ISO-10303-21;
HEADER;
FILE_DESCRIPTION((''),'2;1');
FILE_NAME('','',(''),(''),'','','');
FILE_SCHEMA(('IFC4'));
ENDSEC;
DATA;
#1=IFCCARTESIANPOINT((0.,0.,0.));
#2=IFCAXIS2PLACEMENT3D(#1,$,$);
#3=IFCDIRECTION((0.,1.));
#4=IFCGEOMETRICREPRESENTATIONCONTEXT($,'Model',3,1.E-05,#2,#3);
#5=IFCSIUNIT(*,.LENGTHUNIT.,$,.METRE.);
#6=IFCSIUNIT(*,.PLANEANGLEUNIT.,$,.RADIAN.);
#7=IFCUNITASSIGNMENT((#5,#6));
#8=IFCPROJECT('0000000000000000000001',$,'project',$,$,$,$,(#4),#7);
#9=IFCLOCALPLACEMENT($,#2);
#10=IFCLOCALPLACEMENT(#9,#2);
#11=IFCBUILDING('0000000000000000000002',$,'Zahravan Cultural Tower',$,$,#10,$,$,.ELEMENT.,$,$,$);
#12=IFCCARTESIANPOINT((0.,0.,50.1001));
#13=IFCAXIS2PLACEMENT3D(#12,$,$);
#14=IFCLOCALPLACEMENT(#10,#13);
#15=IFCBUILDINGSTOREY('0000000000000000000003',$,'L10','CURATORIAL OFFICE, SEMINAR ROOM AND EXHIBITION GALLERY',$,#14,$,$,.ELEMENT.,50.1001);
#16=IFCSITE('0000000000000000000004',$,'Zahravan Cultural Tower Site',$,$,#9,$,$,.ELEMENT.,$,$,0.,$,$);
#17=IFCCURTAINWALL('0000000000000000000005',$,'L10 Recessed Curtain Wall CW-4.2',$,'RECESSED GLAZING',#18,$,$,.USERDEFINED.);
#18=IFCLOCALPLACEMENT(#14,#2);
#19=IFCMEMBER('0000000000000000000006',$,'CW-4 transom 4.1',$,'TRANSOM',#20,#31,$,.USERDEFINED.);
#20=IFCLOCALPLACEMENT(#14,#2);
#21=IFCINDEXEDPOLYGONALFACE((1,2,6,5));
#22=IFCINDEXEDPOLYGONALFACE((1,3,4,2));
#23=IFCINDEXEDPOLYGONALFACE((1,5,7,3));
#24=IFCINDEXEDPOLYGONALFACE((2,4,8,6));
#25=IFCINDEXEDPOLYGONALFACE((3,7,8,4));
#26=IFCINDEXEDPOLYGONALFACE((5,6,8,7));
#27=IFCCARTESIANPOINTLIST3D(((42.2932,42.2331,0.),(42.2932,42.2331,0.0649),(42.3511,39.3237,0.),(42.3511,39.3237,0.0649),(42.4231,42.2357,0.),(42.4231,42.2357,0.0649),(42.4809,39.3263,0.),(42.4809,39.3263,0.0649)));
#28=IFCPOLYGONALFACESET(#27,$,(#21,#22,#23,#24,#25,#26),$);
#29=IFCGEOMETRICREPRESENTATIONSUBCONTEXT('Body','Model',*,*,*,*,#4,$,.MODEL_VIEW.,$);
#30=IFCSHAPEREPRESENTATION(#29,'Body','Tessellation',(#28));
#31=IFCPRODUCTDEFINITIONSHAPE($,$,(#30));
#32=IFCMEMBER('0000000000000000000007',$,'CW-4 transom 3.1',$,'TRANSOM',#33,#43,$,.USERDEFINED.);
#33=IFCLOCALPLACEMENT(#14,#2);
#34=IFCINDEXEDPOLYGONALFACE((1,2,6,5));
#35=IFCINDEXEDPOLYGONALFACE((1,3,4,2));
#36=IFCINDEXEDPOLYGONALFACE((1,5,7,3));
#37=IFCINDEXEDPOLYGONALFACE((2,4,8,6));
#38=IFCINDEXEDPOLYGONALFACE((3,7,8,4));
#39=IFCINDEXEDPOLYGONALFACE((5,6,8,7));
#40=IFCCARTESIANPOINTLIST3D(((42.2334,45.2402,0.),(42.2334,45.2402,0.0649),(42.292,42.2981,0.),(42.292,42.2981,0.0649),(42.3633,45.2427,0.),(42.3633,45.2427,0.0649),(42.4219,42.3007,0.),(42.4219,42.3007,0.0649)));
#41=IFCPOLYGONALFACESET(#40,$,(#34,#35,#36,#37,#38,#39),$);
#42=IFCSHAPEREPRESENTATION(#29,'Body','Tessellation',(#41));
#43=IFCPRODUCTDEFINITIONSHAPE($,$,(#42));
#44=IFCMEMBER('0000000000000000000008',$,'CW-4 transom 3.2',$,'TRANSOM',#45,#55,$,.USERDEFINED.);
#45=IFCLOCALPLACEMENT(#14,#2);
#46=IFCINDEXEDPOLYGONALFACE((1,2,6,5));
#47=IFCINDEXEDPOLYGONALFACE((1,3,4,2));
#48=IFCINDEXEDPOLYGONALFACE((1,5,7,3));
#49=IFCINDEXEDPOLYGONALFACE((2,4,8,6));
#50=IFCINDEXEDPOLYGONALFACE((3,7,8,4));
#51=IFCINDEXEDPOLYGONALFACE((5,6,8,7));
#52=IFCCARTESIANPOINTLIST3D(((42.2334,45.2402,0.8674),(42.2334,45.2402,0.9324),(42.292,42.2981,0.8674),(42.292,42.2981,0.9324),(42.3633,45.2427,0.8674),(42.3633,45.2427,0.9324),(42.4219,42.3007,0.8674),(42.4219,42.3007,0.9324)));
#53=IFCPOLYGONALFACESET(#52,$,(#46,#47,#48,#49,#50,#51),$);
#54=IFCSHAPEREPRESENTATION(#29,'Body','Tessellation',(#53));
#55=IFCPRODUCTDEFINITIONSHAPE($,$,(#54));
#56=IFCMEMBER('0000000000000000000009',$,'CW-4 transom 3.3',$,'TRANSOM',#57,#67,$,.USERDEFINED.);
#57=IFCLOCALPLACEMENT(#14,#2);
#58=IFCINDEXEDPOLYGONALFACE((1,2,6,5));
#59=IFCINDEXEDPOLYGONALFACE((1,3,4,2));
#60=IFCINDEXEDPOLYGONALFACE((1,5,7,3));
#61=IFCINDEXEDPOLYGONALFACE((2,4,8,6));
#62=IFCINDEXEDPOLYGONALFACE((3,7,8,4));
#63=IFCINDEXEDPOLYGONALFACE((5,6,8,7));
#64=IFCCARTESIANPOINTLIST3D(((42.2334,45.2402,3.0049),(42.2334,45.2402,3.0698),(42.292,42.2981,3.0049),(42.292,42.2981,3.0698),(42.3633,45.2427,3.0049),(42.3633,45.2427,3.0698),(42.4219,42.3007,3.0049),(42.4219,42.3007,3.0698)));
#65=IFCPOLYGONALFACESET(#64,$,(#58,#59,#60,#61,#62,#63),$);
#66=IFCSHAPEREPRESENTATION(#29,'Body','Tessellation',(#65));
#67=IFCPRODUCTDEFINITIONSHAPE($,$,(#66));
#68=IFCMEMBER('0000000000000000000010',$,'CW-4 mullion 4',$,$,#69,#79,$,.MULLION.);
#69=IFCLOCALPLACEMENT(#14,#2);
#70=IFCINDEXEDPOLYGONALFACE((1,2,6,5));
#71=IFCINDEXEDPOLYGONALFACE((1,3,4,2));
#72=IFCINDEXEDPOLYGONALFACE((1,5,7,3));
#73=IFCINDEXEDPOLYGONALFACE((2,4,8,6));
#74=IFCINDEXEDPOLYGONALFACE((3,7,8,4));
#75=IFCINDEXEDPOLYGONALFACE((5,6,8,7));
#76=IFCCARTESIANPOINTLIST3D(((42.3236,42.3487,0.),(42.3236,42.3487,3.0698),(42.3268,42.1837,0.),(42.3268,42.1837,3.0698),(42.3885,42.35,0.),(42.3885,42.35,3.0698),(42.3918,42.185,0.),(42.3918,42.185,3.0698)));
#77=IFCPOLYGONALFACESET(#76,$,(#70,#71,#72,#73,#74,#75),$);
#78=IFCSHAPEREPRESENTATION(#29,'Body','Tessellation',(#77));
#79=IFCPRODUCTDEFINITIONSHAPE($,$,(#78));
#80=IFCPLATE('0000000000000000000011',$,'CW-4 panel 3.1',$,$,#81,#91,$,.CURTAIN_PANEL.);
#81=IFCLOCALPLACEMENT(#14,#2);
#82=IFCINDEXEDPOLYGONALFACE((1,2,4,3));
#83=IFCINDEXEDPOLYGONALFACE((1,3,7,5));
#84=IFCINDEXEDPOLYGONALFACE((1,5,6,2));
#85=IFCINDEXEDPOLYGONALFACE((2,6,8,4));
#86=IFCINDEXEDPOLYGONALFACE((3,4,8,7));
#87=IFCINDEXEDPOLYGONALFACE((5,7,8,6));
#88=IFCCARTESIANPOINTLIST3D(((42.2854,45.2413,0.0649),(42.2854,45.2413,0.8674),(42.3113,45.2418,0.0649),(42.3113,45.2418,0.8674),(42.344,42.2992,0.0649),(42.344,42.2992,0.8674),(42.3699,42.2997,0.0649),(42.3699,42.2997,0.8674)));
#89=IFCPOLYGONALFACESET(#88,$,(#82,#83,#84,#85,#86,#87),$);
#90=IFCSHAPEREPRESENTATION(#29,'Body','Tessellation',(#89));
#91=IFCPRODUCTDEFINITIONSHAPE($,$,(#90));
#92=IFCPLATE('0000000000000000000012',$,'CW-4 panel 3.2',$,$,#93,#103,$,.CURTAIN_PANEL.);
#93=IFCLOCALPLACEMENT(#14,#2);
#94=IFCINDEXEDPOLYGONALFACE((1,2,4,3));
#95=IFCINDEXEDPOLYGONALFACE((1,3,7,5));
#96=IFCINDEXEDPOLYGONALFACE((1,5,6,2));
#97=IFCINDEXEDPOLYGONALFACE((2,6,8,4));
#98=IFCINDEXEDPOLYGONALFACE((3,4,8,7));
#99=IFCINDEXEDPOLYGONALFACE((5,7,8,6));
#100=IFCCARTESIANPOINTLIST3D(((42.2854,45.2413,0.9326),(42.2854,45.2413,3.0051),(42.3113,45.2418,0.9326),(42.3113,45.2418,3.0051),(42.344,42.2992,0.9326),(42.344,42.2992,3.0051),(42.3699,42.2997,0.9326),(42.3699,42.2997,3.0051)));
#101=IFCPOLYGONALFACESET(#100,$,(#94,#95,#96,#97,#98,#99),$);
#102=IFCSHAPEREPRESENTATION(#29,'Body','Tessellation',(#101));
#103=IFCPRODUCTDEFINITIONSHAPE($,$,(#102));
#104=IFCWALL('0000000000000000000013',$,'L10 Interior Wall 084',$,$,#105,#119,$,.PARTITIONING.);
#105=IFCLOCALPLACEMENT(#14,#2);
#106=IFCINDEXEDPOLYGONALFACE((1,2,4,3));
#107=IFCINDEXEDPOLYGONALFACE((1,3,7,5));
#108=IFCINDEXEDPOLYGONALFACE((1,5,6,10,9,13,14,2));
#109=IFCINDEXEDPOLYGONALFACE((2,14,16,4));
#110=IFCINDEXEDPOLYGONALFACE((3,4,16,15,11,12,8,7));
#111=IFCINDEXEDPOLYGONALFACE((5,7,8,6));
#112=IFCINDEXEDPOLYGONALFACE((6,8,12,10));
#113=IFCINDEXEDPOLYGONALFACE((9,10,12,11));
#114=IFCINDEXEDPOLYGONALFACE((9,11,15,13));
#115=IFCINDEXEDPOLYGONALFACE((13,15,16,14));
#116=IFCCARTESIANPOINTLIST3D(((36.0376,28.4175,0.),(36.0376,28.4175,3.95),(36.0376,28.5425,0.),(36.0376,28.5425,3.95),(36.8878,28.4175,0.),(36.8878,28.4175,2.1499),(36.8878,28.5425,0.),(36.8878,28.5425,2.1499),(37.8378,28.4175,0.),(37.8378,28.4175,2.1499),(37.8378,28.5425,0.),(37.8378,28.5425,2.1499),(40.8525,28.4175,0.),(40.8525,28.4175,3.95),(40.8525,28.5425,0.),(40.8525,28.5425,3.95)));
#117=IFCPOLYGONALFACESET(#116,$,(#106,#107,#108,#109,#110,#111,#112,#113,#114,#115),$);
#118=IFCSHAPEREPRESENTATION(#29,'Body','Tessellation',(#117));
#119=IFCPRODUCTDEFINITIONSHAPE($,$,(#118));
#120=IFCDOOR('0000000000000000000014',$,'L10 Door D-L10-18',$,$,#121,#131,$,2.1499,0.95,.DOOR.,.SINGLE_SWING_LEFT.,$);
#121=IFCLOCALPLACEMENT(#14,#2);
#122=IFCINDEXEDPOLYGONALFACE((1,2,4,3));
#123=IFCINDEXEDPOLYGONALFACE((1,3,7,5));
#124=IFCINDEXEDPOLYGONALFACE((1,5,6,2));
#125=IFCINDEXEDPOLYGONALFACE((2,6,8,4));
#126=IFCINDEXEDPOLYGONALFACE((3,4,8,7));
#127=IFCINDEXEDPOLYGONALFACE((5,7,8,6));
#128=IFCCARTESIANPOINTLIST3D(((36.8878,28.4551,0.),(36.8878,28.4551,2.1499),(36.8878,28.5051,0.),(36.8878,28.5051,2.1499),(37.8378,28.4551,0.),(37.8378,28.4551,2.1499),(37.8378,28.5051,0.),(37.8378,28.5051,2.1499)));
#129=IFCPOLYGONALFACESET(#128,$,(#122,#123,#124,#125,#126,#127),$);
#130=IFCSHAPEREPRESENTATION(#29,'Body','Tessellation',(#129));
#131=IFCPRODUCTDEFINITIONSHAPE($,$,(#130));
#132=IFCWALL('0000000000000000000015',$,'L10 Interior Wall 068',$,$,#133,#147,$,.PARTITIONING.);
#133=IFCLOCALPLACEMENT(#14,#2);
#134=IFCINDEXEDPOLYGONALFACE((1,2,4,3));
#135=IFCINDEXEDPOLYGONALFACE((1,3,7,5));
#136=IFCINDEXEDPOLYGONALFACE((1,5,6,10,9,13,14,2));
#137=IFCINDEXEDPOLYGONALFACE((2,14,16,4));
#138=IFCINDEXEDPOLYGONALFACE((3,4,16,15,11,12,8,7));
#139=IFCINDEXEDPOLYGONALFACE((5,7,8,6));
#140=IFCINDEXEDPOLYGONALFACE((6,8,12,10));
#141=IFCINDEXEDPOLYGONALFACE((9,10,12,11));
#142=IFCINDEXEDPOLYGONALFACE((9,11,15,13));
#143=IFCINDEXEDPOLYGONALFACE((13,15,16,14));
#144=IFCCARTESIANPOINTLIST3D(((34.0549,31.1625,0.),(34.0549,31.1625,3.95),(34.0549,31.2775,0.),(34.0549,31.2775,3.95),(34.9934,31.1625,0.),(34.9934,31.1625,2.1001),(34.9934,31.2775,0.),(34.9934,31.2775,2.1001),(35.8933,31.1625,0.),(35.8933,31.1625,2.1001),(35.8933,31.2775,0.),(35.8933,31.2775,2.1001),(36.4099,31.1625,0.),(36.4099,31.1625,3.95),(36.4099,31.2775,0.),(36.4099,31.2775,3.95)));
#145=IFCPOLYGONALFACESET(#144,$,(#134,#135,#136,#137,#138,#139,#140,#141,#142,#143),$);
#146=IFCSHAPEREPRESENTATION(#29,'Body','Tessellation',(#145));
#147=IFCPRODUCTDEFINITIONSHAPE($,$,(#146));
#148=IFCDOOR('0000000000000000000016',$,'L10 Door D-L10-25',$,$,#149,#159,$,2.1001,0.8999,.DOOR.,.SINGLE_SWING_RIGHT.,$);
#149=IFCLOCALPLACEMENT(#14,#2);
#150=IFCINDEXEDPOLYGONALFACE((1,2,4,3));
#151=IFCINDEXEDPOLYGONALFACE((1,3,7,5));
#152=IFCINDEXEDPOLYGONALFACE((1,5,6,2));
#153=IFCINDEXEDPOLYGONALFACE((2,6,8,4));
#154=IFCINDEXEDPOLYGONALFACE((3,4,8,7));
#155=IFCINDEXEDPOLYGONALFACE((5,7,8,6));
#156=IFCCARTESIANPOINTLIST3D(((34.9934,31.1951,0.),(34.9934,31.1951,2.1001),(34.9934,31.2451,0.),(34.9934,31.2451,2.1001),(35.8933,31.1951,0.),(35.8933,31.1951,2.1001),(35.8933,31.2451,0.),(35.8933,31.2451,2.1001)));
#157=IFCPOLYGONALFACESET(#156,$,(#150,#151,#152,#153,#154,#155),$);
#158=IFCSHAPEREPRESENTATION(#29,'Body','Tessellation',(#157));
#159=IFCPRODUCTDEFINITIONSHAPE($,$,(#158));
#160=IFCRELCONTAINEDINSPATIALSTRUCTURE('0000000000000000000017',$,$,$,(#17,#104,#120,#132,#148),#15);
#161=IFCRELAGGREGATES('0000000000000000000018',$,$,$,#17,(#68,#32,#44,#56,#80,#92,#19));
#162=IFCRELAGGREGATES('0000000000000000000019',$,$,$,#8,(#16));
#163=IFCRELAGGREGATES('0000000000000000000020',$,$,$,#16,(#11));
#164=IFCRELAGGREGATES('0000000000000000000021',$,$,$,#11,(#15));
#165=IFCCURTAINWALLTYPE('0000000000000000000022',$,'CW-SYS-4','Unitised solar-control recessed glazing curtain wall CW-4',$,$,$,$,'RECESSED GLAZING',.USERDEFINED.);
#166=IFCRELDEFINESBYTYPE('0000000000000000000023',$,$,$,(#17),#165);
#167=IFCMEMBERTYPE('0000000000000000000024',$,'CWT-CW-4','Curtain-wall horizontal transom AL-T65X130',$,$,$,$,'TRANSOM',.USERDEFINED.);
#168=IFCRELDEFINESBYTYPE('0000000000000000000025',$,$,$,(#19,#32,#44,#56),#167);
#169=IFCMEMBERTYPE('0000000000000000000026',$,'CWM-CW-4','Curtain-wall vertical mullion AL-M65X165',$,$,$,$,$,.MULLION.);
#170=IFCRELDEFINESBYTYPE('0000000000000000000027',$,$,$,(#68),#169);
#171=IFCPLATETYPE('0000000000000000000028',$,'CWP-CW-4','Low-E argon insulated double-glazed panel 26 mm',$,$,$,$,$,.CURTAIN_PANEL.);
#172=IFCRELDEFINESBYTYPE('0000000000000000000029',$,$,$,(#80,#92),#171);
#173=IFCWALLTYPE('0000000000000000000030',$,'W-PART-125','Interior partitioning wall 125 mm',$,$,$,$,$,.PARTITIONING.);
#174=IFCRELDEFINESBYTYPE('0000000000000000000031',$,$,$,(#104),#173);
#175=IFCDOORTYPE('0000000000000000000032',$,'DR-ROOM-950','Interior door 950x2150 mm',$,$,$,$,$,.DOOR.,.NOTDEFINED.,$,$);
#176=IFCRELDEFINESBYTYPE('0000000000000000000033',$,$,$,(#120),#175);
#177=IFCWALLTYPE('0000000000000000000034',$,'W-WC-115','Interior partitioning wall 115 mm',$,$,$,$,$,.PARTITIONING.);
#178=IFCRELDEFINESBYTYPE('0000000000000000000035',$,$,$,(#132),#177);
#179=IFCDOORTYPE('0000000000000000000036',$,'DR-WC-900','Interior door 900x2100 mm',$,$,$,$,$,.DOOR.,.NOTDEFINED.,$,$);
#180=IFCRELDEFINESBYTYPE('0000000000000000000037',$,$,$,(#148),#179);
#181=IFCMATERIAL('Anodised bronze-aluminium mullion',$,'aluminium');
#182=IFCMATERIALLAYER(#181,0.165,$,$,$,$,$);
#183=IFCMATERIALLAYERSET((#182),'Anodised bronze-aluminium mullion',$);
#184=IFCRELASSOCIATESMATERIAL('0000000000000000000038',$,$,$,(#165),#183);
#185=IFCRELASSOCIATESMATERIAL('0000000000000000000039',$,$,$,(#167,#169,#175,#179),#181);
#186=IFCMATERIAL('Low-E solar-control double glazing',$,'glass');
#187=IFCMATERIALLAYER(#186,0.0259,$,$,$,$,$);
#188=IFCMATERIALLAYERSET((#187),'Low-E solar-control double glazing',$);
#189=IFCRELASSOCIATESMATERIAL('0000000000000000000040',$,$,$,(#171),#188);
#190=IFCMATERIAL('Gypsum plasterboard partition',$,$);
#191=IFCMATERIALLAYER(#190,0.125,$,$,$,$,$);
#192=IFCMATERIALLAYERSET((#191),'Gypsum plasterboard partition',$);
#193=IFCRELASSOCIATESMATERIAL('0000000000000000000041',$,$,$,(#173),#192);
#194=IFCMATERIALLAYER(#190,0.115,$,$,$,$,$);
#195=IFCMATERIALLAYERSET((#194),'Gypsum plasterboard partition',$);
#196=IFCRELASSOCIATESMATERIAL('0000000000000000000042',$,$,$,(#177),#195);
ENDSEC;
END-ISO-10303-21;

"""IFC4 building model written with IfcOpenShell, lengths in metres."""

from ifc_helpers import new_model, si_unit, direction, frame, frame_2d, origin, origin_2d, place, context, subcontext, project, spatial, rectangle, extrude, source, transform, mapped, material, layer, layer_set, material_profile, profile_set, type_object, element, fill, aggregate, save


model = new_model("IFC4")

# Units and contexts
model_context = context("Model", 3, precision=1e-05, world=origin(), true_north=direction((0.0, 1.0)))
body_context = subcontext(model_context, "Body", "Model", "MODEL_VIEW")
ifc_project = project(units=[si_unit("LENGTHUNIT", "METRE"), si_unit("PLANEANGLEUNIT", "RADIAN")], contexts=[model_context])

# Site, building, storey
site_placement = place(None, origin())
site = spatial("IfcSite", under=ifc_project, at=site_placement, Name="Zahravan Cultural Tower Site", CompositionType="ELEMENT", RefElevation=0.0)
building_placement = place(site_placement, origin())
building = spatial("IfcBuilding", under=site, at=building_placement, Name="Zahravan Cultural Tower", CompositionType="ELEMENT")
storey_placement = place(building_placement, frame((0.0, 0.0, 50.1001)))
storey = spatial("IfcBuildingStorey", under=building, at=storey_placement, Name="L10", Description="CURATORIAL OFFICE, SEMINAR ROOM AND EXHIBITION GALLERY", CompositionType="ELEMENT", Elevation=50.1001)

# Curtain wall, members, plates
ifc_material_1 = material(Name="Anodised bronze-aluminium mullion", Category="aluminium")
ifc_layer_1 = layer(ifc_material_1, 0.165)
ifc_layer_set_1 = layer_set([ifc_layer_1], Name="Anodised bronze-aluminium mullion")
curtain_wall_type = type_object("IfcCurtainWallType", Name="CW-SYS-4", Description="Unitised solar-control recessed glazing curtain wall CW-4", ElementType="RECESSED GLAZING", PredefinedType="USERDEFINED", material=ifc_layer_set_1)
curtain_wall_placement = place(storey_placement, origin())
curtain_wall = element("IfcCurtainWall", 1, at=curtain_wall_placement, inside=storey, type_object=curtain_wall_type, Name="L10 Recessed Curtain Wall CW-4.2", ObjectType="RECESSED GLAZING", PredefinedType="USERDEFINED")
ifc_material_profile_1 = material_profile(ifc_material_1, rectangle(XDim=0.1299, YDim=0.0649, at=origin_2d()), Name="AL-T65X130")
ifc_profile_set_1 = profile_set([ifc_material_profile_1], Name="Anodised bronze-aluminium mullion")
member_type_1 = type_object("IfcMemberType", Name="CWT-CW-4", Description="Curtain-wall horizontal transom AL-T65X130", ElementType="TRANSOM", PredefinedType="USERDEFINED", material=ifc_profile_set_1)
shared_shape_1 = source(origin(), body_context, "Body", "SweptSolid", [
    extrude(rectangle(XDim=0.1299, YDim=0.0649, at=origin_2d()), origin(), (0.0, 0.0, 1.0), 2.9099),
])
member_1_placement = place(storey_placement, frame((42.3582, 42.2344, 0.0325), z_axis=(0.019884, -0.999802, 0.0), x_axis=(0.999802, 0.019884, 0.0)))
member_1 = element("IfcMember", 2, at=member_1_placement, type_object=member_type_1, Name="CW-4 transom 4.1", ObjectType="TRANSOM", PredefinedType="USERDEFINED", context=body_context, shape_type="MappedRepresentation", body=[
    mapped(shared_shape_1, transform((0.0, 0.0, 0.0), x_axis=(1.0, 0.0, 0.0), y_axis=(0.0, 1.0, 0.0), z_axis=(0.0, 0.0, 1.0), scale=1.0)),
])
shared_shape_2 = source(origin(), body_context, "Body", "SweptSolid", [
    extrude(rectangle(XDim=0.1299, YDim=0.0649, at=origin_2d()), origin(), (0.0, 0.0, 1.0), 2.9426),
])
member_2_placement = place(storey_placement, frame((42.2983, 45.2415, 0.0325), z_axis=(0.019911, -0.999802, 0.0), x_axis=(0.999802, 0.019911, 0.0)))
member_2 = element("IfcMember", 3, at=member_2_placement, type_object=member_type_1, Name="CW-4 transom 3.1", ObjectType="TRANSOM", PredefinedType="USERDEFINED", context=body_context, shape_type="MappedRepresentation", body=[
    mapped(shared_shape_2, transform((0.0, 0.0, 0.0), x_axis=(1.0, 0.0, 0.0), y_axis=(0.0, 1.0, 0.0), z_axis=(0.0, 0.0, 1.0), scale=1.0)),
])
member_3_placement = place(storey_placement, frame((42.2983, 45.2415, 0.8999), z_axis=(0.019911, -0.999802, 0.0), x_axis=(0.999802, 0.019911, 0.0)))
member_3 = element("IfcMember", 4, at=member_3_placement, type_object=member_type_1, Name="CW-4 transom 3.2", ObjectType="TRANSOM", PredefinedType="USERDEFINED", context=body_context, shape_type="MappedRepresentation", body=[
    mapped(shared_shape_2, transform((0.0, 0.0, 0.0), x_axis=(1.0, 0.0, 0.0), y_axis=(0.0, 1.0, 0.0), z_axis=(0.0, 0.0, 1.0), scale=1.0)),
])
member_4_placement = place(storey_placement, frame((42.2983, 45.2415, 3.0374), z_axis=(0.019911, -0.999802, 0.0), x_axis=(0.999802, 0.019911, 0.0)))
member_4 = element("IfcMember", 5, at=member_4_placement, type_object=member_type_1, Name="CW-4 transom 3.3", ObjectType="TRANSOM", PredefinedType="USERDEFINED", context=body_context, shape_type="MappedRepresentation", body=[
    mapped(shared_shape_2, transform((0.0, 0.0, 0.0), x_axis=(1.0, 0.0, 0.0), y_axis=(0.0, 1.0, 0.0), z_axis=(0.0, 0.0, 1.0), scale=1.0)),
])
ifc_material_profile_2 = material_profile(ifc_material_1, rectangle(XDim=0.0649, YDim=0.165, at=origin_2d()), Name="AL-M65X165")
ifc_profile_set_2 = profile_set([ifc_material_profile_2], Name="Anodised bronze-aluminium mullion")
member_type_2 = type_object("IfcMemberType", Name="CWM-CW-4", Description="Curtain-wall vertical mullion AL-M65X165", PredefinedType="MULLION", material=ifc_profile_set_2)
shared_shape_3 = source(origin(), body_context, "Body", "SweptSolid", [
    extrude(rectangle(XDim=0.0649, YDim=0.165, at=origin_2d()), origin(), (0.0, 0.0, 1.0), 3.0698),
])
member_5_placement = place(storey_placement, frame((42.3577, 42.2668, 0.0), z_axis=(0.0, 0.0, 1.0), x_axis=(0.999802, 0.0199, 0.0)))
member_5 = element("IfcMember", 6, at=member_5_placement, type_object=member_type_2, Name="CW-4 mullion 4", PredefinedType="MULLION", context=body_context, shape_type="MappedRepresentation", body=[
    mapped(shared_shape_3, transform((0.0, 0.0, 0.0), x_axis=(1.0, 0.0, 0.0), y_axis=(0.0, 1.0, 0.0), z_axis=(0.0, 0.0, 1.0), scale=1.0)),
])
ifc_material_2 = material(Name="Low-E solar-control double glazing", Category="glass")
ifc_layer_2 = layer(ifc_material_2, 0.0259)
ifc_layer_set_2 = layer_set([ifc_layer_2], Name="Low-E solar-control double glazing")
plate_type = type_object("IfcPlateType", Name="CWP-CW-4", Description="Low-E argon insulated double-glazed panel 26 mm", PredefinedType="CURTAIN_PANEL", material=ifc_layer_set_2)
shared_shape_4 = source(origin(), body_context, "Body", "SweptSolid", [
    extrude(rectangle(XDim=2.9426, YDim=0.0259, at=origin_2d()), origin(), (0.0, 0.0, 1.0), 0.8025),
])
plate_1_placement = place(storey_placement, frame((42.3276, 43.7705, 0.0649), z_axis=(0.0, 0.0, 1.0), x_axis=(0.0199, -0.999802, 0.0)))
plate_1 = element("IfcPlate", 7, at=plate_1_placement, type_object=plate_type, Name="CW-4 panel 3.1", PredefinedType="CURTAIN_PANEL", context=body_context, shape_type="MappedRepresentation", body=[
    mapped(shared_shape_4, transform((0.0, 0.0, 0.0), x_axis=(1.0, 0.0, 0.0), y_axis=(0.0, 1.0, 0.0), z_axis=(0.0, 0.0, 1.0), scale=1.0)),
])
shared_shape_5 = source(origin(), body_context, "Body", "SweptSolid", [
    extrude(rectangle(XDim=2.9426, YDim=0.0259, at=origin_2d()), origin(), (0.0, 0.0, 1.0), 2.0725),
])
plate_2_placement = place(storey_placement, frame((42.3276, 43.7705, 0.9326), z_axis=(0.0, 0.0, 1.0), x_axis=(0.0199, -0.999802, 0.0)))
plate_2 = element("IfcPlate", 8, at=plate_2_placement, type_object=plate_type, Name="CW-4 panel 3.2", PredefinedType="CURTAIN_PANEL", context=body_context, shape_type="MappedRepresentation", body=[
    mapped(shared_shape_5, transform((0.0, 0.0, 0.0), x_axis=(1.0, 0.0, 0.0), y_axis=(0.0, 1.0, 0.0), z_axis=(0.0, 0.0, 1.0), scale=1.0)),
])
aggregate(curtain_wall, [member_5, member_2, member_3, member_4, plate_1, plate_2, member_1])

# Walls, openings, doors
ifc_material_3 = material(Name="Gypsum plasterboard partition")
ifc_layer_3 = layer(ifc_material_3, 0.125)
ifc_layer_set_3 = layer_set([ifc_layer_3], Name="Gypsum plasterboard partition")
wall_type_1 = type_object("IfcWallType", Name="W-PART-125", Description="Interior partitioning wall 125 mm", PredefinedType="PARTITIONING", material=ifc_layer_set_3)
wall_1_placement = place(storey_placement, frame((40.8525, 28.48, 0.0), z_axis=(0.0, 0.0, 1.0), x_axis=(-1.0, 0.0, 0.0)))
wall_1 = element("IfcWall", 9, at=wall_1_placement, inside=storey, type_object=wall_type_1, Name="L10 Interior Wall 084", PredefinedType="PARTITIONING", context=body_context, shape_type="SweptSolid", body=[
    extrude(rectangle(XDim=4.8149, YDim=0.125, at=frame_2d((2.4075, 0.0))), origin(), (0.0, 0.0, 1.0), 3.95),
])
opening_1_placement = place(wall_1_placement, frame((3.0146, 0.0, 0.0)))
opening_1 = element("IfcOpeningElement", 10, at=opening_1_placement, cuts=wall_1, PredefinedType="OPENING", context=body_context, shape_type="SweptSolid", body=[
    extrude(rectangle(XDim=0.95, YDim=2.1499, at=frame_2d((0.4751, 1.075))), frame((0.0, 0.0725, 0.0), z_axis=(0.0, -1.0, 0.0), x_axis=(1.0, 0.0, 0.0)), (0.0, 0.0, 1.0), 0.145),
])
door_type_1 = type_object("IfcDoorType", Name="DR-ROOM-950", Description="Interior door 950x2150 mm", OperationType="NOTDEFINED", PredefinedType="DOOR", material=ifc_material_1)
shared_shape_6 = source(origin(), body_context, "Body", "SweptSolid", [
    extrude(rectangle(XDim=0.95, YDim=2.1499, at=frame_2d((0.4751, 1.075))), frame((0.0, 0.0249, 0.0), z_axis=(0.0, -1.0, 0.0), x_axis=(1.0, 0.0, 0.0)), (0.0, 0.0, 1.0), 0.05),
])
door_1_placement = place(opening_1_placement, origin())
door_1 = element("IfcDoor", 11, at=door_1_placement, inside=storey, type_object=door_type_1, Name="L10 Door D-L10-18", OperationType="SINGLE_SWING_LEFT", OverallHeight=2.1499, OverallWidth=0.95, PredefinedType="DOOR", context=body_context, shape_type="MappedRepresentation", body=[
    mapped(shared_shape_6, transform((0.0, 0.0, 0.0), x_axis=(1.0, 0.0, 0.0), y_axis=(0.0, 1.0, 0.0), z_axis=(0.0, 0.0, 1.0), scale=1.0)),
])
fill(opening_1, door_1)
ifc_layer_4 = layer(ifc_material_3, 0.115)
ifc_layer_set_4 = layer_set([ifc_layer_4], Name="Gypsum plasterboard partition")
wall_type_2 = type_object("IfcWallType", Name="W-WC-115", Description="Interior partitioning wall 115 mm", PredefinedType="PARTITIONING", material=ifc_layer_set_4)
wall_2_placement = place(storey_placement, frame((36.4099, 31.22, 0.0), z_axis=(0.0, 0.0, 1.0), x_axis=(-1.0, 0.0, 0.0)))
wall_2 = element("IfcWall", 12, at=wall_2_placement, inside=storey, type_object=wall_type_2, Name="L10 Interior Wall 068", PredefinedType="PARTITIONING", context=body_context, shape_type="SweptSolid", body=[
    extrude(rectangle(XDim=2.355, YDim=0.115, at=frame_2d((1.1775, 0.0))), origin(), (0.0, 0.0, 1.0), 3.95),
])
opening_2_placement = place(wall_2_placement, frame((0.5166, 0.0, 0.0)))
opening_2 = element("IfcOpeningElement", 13, at=opening_2_placement, cuts=wall_2, PredefinedType="OPENING", context=body_context, shape_type="SweptSolid", body=[
    extrude(rectangle(XDim=0.8999, YDim=2.1001, at=frame_2d((0.45, 1.05))), frame((0.0, 0.0674, 0.0), z_axis=(0.0, -1.0, 0.0), x_axis=(1.0, 0.0, 0.0)), (0.0, 0.0, 1.0), 0.135),
])
door_type_2 = type_object("IfcDoorType", Name="DR-WC-900", Description="Interior door 900x2100 mm", OperationType="NOTDEFINED", PredefinedType="DOOR", material=ifc_material_1)
shared_shape_7 = source(origin(), body_context, "Body", "SweptSolid", [
    extrude(rectangle(XDim=0.8999, YDim=2.1001, at=frame_2d((0.45, 1.05))), frame((0.0, 0.0249, 0.0), z_axis=(0.0, -1.0, 0.0), x_axis=(1.0, 0.0, 0.0)), (0.0, 0.0, 1.0), 0.05),
])
door_2_placement = place(opening_2_placement, origin())
door_2 = element("IfcDoor", 14, at=door_2_placement, inside=storey, type_object=door_type_2, Name="L10 Door D-L10-25", OperationType="SINGLE_SWING_RIGHT", OverallHeight=2.1001, OverallWidth=0.8999, PredefinedType="DOOR", context=body_context, shape_type="MappedRepresentation", body=[
    mapped(shared_shape_7, transform((0.0, 0.0, 0.0), x_axis=(1.0, 0.0, 0.0), y_axis=(0.0, 1.0, 0.0), z_axis=(0.0, 0.0, 1.0), scale=1.0)),
])
fill(opening_2, door_2)

save(model, "model.ifc")
